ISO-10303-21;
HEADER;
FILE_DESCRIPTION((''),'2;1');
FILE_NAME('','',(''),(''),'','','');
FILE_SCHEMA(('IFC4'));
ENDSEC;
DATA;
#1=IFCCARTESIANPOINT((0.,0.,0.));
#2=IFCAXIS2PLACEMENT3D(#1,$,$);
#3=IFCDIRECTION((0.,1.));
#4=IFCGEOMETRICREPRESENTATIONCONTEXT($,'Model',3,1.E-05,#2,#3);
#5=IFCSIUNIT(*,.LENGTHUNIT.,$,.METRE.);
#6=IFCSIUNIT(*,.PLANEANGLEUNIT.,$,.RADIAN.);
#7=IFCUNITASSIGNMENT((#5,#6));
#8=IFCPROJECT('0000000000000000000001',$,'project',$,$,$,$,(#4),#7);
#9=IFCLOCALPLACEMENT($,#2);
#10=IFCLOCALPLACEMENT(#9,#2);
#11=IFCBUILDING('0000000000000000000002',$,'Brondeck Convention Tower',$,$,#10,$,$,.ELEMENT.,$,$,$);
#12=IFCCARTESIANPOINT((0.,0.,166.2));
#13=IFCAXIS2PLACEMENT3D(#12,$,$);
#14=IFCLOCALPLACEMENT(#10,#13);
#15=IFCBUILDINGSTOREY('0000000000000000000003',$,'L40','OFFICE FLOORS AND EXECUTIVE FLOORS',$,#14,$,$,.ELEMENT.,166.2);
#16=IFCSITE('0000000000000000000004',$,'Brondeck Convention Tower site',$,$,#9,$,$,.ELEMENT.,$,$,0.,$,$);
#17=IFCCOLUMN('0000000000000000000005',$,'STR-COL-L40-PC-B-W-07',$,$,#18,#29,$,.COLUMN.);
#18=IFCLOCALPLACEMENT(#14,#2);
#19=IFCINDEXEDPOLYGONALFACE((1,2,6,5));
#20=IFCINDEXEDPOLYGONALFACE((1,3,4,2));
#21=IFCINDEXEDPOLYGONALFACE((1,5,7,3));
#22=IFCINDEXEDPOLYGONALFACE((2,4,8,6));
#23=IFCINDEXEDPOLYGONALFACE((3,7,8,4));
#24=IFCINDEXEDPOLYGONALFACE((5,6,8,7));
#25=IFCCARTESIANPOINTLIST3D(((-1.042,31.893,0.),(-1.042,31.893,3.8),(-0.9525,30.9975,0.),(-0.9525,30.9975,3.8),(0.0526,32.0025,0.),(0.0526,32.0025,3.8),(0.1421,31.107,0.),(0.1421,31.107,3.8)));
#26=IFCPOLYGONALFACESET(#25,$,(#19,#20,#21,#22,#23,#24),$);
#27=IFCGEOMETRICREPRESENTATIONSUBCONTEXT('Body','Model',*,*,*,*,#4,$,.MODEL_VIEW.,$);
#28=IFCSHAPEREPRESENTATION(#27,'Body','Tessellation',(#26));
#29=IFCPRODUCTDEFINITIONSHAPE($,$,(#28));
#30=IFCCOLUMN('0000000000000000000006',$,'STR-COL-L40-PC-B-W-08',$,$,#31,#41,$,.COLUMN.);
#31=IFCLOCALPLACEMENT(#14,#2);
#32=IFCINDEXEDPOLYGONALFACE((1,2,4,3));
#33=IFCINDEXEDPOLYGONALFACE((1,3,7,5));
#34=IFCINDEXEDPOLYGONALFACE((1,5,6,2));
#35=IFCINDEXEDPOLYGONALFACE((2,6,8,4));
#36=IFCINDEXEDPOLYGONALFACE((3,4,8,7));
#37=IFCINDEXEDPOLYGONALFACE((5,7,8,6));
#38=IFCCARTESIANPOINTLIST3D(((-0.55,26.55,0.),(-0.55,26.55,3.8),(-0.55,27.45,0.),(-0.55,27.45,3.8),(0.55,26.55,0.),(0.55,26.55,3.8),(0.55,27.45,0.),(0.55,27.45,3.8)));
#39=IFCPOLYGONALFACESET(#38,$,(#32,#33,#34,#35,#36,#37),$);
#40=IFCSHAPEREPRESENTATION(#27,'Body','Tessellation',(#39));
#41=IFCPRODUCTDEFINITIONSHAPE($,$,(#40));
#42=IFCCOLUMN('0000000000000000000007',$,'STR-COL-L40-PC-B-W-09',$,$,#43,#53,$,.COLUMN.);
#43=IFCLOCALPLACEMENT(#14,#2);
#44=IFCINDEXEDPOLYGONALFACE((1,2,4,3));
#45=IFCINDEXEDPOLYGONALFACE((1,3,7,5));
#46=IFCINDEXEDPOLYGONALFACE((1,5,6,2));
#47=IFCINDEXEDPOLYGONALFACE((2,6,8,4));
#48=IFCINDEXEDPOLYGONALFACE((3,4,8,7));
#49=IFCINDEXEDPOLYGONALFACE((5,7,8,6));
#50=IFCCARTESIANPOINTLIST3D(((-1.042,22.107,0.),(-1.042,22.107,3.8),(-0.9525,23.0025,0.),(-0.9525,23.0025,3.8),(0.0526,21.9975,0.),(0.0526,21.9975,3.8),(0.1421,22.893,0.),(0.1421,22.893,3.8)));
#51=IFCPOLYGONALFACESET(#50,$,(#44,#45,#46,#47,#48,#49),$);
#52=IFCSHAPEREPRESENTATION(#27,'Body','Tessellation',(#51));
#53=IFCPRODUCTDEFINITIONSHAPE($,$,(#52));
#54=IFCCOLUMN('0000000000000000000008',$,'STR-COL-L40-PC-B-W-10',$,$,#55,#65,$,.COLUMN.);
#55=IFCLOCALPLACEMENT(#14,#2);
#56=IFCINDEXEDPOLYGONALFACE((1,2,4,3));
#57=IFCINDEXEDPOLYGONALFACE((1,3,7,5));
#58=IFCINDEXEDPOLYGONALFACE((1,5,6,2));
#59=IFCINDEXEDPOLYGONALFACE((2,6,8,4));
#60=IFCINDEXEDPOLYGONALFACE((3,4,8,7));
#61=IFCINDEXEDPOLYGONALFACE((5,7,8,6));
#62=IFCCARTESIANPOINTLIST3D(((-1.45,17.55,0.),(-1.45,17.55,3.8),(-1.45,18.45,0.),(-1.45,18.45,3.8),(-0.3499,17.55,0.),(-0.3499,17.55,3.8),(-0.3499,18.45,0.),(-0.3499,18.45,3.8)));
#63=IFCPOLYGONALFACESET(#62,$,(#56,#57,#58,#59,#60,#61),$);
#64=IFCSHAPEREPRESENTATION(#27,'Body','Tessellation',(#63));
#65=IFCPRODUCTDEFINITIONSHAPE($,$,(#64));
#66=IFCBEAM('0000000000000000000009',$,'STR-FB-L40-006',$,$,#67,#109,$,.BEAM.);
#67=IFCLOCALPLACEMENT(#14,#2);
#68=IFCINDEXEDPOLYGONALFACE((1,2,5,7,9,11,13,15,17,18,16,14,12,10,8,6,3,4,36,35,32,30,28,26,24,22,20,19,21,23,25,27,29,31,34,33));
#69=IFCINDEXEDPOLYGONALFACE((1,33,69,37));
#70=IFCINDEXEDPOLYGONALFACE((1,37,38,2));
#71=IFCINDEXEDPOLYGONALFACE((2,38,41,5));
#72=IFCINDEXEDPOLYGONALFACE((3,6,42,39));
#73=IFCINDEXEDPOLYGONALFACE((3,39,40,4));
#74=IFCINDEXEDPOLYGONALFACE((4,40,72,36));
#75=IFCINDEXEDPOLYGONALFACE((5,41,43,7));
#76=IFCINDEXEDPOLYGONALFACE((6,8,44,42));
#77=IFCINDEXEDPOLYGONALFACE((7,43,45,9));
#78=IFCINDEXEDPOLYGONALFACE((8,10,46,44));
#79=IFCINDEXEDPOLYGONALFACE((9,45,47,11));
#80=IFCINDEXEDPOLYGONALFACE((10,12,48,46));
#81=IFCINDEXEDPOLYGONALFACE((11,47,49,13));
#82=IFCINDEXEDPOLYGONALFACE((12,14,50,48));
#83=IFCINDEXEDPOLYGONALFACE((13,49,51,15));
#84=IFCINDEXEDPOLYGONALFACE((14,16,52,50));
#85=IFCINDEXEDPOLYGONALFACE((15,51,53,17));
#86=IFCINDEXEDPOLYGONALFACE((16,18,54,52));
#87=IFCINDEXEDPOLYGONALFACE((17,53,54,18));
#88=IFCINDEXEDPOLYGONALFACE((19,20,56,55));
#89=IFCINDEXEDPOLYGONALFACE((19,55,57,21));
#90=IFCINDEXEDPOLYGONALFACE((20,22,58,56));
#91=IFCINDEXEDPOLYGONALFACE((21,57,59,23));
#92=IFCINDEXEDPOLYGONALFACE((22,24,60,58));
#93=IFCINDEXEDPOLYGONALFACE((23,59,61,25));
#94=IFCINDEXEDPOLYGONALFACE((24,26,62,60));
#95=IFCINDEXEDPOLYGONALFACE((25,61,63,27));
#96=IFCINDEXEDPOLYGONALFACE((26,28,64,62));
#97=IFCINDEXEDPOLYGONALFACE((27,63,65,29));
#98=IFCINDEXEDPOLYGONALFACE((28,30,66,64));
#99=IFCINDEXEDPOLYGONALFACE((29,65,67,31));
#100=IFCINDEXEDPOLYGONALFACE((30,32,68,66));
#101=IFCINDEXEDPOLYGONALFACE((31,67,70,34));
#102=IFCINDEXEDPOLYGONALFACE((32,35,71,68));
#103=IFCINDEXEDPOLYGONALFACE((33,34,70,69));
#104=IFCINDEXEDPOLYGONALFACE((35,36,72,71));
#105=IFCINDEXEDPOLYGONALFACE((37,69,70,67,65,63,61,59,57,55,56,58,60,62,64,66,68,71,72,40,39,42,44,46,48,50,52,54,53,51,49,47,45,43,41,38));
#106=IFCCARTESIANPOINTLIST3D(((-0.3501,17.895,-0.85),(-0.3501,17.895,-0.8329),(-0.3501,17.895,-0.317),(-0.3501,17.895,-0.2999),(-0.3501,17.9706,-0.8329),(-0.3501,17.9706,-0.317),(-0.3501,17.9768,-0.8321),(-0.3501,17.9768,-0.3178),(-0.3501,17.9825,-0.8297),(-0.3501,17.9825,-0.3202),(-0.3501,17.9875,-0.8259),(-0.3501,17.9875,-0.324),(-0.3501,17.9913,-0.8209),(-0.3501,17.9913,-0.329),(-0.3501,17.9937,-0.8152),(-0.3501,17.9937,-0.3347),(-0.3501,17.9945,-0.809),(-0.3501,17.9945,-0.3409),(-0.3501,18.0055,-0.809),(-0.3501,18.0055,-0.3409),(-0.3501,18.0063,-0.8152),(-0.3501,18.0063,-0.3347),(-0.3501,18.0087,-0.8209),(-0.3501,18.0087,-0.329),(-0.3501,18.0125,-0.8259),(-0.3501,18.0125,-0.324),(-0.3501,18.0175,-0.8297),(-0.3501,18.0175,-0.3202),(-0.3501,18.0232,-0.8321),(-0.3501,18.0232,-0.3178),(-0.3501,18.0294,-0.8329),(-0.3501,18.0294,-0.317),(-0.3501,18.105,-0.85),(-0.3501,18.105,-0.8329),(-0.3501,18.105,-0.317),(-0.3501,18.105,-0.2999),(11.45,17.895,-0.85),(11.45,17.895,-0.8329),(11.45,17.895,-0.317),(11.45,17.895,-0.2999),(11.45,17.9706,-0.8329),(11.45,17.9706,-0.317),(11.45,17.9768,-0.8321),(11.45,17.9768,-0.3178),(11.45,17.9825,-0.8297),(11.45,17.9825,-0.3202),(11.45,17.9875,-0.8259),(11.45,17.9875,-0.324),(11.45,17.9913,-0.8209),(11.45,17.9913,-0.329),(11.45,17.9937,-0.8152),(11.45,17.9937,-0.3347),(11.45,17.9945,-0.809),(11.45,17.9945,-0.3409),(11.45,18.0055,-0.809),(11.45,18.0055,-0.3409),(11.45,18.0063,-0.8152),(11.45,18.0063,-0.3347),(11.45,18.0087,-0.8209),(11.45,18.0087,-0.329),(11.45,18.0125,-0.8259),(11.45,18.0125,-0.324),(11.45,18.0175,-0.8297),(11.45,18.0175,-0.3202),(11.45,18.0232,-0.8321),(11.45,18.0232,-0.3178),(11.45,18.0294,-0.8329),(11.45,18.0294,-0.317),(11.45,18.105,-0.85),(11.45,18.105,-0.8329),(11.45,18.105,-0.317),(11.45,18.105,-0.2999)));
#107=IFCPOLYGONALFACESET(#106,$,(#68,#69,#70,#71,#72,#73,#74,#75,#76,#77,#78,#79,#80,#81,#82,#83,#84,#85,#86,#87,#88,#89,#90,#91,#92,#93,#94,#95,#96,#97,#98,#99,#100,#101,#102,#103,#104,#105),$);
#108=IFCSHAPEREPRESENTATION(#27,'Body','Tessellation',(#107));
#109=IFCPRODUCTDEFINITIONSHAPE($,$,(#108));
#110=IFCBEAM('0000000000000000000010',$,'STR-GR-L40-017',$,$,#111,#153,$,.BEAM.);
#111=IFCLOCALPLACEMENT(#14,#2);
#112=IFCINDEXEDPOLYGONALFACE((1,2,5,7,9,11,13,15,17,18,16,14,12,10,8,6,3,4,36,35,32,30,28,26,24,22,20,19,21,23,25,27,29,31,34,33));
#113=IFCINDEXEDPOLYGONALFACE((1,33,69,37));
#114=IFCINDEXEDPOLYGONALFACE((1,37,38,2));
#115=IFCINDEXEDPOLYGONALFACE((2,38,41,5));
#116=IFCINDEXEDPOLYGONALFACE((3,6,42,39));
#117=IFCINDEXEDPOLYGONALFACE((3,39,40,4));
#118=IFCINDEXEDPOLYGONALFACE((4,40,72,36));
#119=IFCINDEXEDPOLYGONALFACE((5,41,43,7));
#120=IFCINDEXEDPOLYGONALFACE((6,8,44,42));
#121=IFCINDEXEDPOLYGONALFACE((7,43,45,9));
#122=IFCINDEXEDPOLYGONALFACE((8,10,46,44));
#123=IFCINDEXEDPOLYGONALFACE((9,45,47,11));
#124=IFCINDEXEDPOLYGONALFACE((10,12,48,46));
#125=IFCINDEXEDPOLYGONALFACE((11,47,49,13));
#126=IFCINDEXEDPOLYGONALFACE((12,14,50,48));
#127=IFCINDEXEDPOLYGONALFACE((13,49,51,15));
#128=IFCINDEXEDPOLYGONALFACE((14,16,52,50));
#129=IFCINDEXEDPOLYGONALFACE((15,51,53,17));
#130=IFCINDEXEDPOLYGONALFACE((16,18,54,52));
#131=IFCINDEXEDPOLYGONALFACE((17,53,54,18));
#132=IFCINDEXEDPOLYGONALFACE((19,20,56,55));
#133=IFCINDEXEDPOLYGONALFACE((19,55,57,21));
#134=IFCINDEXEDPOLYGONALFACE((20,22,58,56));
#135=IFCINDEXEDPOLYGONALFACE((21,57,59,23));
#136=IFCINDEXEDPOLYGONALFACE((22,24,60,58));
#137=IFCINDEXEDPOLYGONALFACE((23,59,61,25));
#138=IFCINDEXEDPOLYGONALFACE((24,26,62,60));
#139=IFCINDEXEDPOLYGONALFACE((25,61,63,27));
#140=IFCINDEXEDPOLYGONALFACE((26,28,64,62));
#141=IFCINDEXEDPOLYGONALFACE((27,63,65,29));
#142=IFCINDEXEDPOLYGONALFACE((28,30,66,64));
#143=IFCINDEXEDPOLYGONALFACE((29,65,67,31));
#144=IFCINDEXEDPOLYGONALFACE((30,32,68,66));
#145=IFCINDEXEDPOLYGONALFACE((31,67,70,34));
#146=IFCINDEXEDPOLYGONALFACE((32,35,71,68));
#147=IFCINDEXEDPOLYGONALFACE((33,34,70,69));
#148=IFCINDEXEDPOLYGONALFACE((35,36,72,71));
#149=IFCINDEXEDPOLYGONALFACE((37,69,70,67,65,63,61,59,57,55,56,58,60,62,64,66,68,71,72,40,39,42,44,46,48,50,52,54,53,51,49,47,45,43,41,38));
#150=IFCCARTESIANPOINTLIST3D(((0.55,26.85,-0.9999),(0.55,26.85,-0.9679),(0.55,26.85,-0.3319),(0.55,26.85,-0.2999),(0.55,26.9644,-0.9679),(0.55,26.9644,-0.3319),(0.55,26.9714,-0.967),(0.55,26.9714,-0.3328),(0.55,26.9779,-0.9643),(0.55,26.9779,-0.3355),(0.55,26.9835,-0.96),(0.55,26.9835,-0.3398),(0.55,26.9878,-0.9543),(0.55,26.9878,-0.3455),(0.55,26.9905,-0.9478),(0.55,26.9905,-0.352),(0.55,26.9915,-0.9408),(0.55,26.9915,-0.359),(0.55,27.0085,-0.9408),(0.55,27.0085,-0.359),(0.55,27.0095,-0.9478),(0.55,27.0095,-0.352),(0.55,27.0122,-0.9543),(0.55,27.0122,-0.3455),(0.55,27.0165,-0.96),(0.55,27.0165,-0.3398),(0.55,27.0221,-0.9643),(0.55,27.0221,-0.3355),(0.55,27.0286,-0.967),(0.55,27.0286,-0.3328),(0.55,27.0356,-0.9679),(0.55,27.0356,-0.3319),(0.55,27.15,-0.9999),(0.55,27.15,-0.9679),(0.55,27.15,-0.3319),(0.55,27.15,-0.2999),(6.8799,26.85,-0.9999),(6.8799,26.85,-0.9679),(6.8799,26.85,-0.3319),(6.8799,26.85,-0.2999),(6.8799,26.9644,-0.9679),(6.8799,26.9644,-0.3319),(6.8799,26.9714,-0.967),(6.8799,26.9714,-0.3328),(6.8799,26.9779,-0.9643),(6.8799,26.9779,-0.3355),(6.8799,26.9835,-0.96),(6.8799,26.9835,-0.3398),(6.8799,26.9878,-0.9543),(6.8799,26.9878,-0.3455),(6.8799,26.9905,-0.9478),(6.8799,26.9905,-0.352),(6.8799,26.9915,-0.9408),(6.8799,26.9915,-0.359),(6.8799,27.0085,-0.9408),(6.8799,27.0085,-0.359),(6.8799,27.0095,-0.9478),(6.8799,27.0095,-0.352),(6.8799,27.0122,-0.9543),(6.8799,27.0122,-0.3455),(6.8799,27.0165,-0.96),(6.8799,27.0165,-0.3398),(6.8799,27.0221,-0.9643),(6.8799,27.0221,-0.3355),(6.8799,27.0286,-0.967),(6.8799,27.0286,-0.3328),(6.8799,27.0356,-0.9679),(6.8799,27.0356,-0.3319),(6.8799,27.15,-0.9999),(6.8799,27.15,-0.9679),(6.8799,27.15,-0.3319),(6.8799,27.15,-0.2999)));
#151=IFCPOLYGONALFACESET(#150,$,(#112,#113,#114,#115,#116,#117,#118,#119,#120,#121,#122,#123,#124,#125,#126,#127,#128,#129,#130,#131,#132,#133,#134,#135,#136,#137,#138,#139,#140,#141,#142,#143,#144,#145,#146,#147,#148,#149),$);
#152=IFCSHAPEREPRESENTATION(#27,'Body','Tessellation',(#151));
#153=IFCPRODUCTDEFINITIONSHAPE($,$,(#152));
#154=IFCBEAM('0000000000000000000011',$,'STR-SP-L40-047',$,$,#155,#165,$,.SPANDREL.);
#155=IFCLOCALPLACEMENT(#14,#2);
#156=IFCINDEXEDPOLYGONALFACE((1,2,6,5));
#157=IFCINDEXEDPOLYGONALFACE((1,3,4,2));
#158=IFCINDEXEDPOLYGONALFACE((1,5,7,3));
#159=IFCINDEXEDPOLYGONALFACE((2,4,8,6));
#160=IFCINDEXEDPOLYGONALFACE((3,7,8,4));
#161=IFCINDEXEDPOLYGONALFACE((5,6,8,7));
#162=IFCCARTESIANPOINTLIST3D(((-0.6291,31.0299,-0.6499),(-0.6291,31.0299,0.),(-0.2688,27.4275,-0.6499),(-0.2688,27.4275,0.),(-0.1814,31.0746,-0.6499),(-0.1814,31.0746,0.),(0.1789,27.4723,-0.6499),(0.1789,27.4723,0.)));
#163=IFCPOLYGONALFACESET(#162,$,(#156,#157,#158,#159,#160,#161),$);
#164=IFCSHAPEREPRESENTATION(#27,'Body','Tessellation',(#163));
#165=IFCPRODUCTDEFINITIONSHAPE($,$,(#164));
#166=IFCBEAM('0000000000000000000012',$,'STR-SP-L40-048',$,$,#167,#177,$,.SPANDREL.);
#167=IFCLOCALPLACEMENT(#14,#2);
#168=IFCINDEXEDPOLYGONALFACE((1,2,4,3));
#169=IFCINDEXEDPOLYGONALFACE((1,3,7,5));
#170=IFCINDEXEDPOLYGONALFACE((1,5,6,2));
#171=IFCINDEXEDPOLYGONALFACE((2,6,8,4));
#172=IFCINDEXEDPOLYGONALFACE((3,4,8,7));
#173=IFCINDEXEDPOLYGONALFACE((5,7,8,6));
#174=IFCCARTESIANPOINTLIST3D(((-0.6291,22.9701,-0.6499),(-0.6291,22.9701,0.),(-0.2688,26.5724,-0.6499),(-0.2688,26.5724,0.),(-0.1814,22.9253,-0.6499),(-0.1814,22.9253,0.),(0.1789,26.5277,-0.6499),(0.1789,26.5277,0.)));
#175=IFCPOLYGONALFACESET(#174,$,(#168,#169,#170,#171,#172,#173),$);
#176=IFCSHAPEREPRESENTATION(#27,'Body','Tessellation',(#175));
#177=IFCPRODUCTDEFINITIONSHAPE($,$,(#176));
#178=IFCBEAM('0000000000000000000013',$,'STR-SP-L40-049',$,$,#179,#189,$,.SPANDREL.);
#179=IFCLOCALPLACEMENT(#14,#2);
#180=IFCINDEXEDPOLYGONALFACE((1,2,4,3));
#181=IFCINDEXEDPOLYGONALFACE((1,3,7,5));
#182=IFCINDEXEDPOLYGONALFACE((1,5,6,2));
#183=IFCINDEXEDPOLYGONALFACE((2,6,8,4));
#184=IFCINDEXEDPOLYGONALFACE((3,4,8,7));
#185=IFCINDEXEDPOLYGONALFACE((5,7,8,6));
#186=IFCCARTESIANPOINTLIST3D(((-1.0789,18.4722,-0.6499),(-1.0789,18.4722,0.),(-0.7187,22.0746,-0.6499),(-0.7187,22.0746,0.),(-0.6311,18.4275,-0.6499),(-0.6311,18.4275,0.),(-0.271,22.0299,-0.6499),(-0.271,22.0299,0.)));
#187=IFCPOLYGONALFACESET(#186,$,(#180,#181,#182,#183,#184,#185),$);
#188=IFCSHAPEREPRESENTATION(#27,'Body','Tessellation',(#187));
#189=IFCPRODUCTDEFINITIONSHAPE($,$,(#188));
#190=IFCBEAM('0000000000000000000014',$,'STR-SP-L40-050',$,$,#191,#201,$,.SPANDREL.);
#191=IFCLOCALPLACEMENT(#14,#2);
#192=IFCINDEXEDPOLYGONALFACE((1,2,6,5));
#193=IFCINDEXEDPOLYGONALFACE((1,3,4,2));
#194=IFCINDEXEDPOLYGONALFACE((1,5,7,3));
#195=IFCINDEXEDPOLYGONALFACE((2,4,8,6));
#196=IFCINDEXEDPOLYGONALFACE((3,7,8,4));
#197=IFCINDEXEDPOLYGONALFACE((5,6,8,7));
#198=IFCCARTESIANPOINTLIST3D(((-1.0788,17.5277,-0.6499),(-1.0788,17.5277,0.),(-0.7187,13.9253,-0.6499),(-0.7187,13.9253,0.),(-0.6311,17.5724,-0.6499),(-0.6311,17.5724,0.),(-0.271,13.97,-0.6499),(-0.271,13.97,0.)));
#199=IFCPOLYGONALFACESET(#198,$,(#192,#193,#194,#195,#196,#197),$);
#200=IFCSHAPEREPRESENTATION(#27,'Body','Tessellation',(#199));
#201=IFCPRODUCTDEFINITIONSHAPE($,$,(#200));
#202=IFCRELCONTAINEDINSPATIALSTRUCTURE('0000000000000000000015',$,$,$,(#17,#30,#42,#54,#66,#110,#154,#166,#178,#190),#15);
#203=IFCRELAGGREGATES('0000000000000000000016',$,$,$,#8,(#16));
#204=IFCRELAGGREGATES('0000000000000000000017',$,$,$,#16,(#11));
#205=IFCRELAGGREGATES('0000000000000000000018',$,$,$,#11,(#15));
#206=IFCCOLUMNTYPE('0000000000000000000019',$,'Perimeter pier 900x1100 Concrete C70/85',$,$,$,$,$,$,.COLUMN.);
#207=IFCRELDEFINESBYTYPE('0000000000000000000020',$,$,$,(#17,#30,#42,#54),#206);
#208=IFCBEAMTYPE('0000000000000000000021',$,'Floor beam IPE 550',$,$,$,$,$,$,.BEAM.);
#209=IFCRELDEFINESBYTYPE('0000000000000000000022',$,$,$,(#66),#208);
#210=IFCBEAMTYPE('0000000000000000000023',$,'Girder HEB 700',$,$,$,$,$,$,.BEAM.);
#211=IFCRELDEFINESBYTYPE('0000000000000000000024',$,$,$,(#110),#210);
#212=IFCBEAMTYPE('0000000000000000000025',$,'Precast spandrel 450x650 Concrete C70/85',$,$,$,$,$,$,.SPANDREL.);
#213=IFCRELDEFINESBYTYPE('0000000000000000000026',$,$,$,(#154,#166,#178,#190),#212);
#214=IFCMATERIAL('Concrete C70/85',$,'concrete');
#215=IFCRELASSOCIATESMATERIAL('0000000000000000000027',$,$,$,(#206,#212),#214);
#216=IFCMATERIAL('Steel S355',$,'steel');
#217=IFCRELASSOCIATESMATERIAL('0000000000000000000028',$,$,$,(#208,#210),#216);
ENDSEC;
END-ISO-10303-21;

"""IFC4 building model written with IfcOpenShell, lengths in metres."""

from ifc_helpers import new_model, si_unit, direction, frame, origin, origin_2d, place, context, subcontext, project, spatial, rectangle, i_section, extrude, material, material_profile, profile_set, type_object, element, save


model = new_model("IFC4")

# Units and contexts
model_context = context("Model", 3, precision=1e-05, world=origin(), true_north=direction((0.0, 1.0)))
body_context = subcontext(model_context, "Body", "Model", "MODEL_VIEW")
ifc_project = project(units=[si_unit("LENGTHUNIT", "METRE"), si_unit("PLANEANGLEUNIT", "RADIAN")], contexts=[model_context])

# Site, building, storey
site_placement = place(None, origin())
site = spatial("IfcSite", under=ifc_project, at=site_placement, Name="Brondeck Convention Tower site", CompositionType="ELEMENT", RefElevation=0.0)
building_placement = place(site_placement, origin())
building = spatial("IfcBuilding", under=site, at=building_placement, Name="Brondeck Convention Tower", CompositionType="ELEMENT")
storey_placement = place(building_placement, frame((0.0, 0.0, 166.2)))
storey = spatial("IfcBuildingStorey", under=building, at=storey_placement, Name="L40", Description="OFFICE FLOORS AND EXECUTIVE FLOORS", CompositionType="ELEMENT", Elevation=166.2)

# Columns
ifc_material_1 = material(Name="Concrete C70/85", Category="concrete")
ifc_material_profile_1 = material_profile(ifc_material_1, rectangle(XDim=0.8999, YDim=1.1001, at=origin_2d()), Name="Perimeter pier 900x1100 Concrete C70/85")
ifc_profile_set_1 = profile_set([ifc_material_profile_1], Name="Concrete C70/85")
column_type = type_object("IfcColumnType", Name="Perimeter pier 900x1100 Concrete C70/85", PredefinedType="COLUMN", material=ifc_profile_set_1)
for number, where, z_axis, x_axis, name in (
    (1, (-0.45, 31.5, 0.0), (0.0, 0.0, 1.0), (0.099504, -0.995037, 0.0), "STR-COL-L40-PC-B-W-07"),
    (2, (0.0, 27.0, 0.0), (0.0, 0.0, 1.0), (0.0, -1.0, 0.0), "STR-COL-L40-PC-B-W-08"),
    (3, (-0.45, 22.5, 0.0), (0.0, 0.0, 1.0), (-0.099504, -0.995037, 0.0), "STR-COL-L40-PC-B-W-09"),
    (4, (-0.8999, 18.0, 0.0), (0.0, 0.0, 1.0), (0.0, -1.0, 0.0), "STR-COL-L40-PC-B-W-10"),
):
    element("IfcColumn", number, at=place(storey_placement, frame(where, z_axis=z_axis, x_axis=x_axis)), inside=storey, type_object=column_type, Name=name, PredefinedType="COLUMN", context=body_context, shape_type="SweptSolid", body=[
        extrude(rectangle(XDim=0.8999, YDim=1.1001, at=origin_2d()), origin(), (0.0, 0.0, 1.0), 3.8),
    ])

# Beams
ifc_material_2 = material(Name="Steel S355", Category="steel")
ifc_material_profile_2 = material_profile(ifc_material_2, i_section(OverallWidth=0.21, OverallDepth=0.55, WebThickness=0.011, FlangeThickness=0.0171, FilletRadius=0.0239, at=origin_2d()), Name="IPE 550")
ifc_profile_set_2 = profile_set([ifc_material_profile_2], Name="Steel S355")
beam_type_1 = type_object("IfcBeamType", Name="Floor beam IPE 550", PredefinedType="BEAM", material=ifc_profile_set_2)
beam_1_placement = place(storey_placement, frame((-0.3501, 18.0, -0.575), z_axis=(1.0, 0.0, 0.0), x_axis=(0.0, 1.0, 0.0)))
element("IfcBeam", 5, at=beam_1_placement, inside=storey, type_object=beam_type_1, Name="STR-FB-L40-006", PredefinedType="BEAM", context=body_context, shape_type="SweptSolid", body=[
    extrude(i_section(OverallWidth=0.21, OverallDepth=0.55, WebThickness=0.011, FlangeThickness=0.0171, FilletRadius=0.0239, at=origin_2d()), origin(), (0.0, 0.0, 1.0), 11.8),
])
ifc_material_profile_3 = material_profile(ifc_material_2, i_section(OverallWidth=0.3, OverallDepth=0.7, WebThickness=0.0171, FlangeThickness=0.032, FilletRadius=0.0271, at=origin_2d()), Name="HEB 700")
ifc_profile_set_3 = profile_set([ifc_material_profile_3], Name="Steel S355")
beam_type_2 = type_object("IfcBeamType", Name="Girder HEB 700", PredefinedType="BEAM", material=ifc_profile_set_3)
beam_2_placement = place(storey_placement, frame((0.55, 27.0, -0.6499), z_axis=(1.0, 0.0, 0.0), x_axis=(0.0, 1.0, 0.0)))
element("IfcBeam", 6, at=beam_2_placement, inside=storey, type_object=beam_type_2, Name="STR-GR-L40-017", PredefinedType="BEAM", context=body_context, shape_type="SweptSolid", body=[
    extrude(i_section(OverallWidth=0.3, OverallDepth=0.7, WebThickness=0.0171, FlangeThickness=0.032, FilletRadius=0.0271, at=origin_2d()), origin(), (0.0, 0.0, 1.0), 6.3298),
])
ifc_material_profile_4 = material_profile(ifc_material_1, rectangle(XDim=0.45, YDim=0.6499, at=origin_2d()), Name="Precast spandrel 450x650 Concrete C70/85")
ifc_profile_set_4 = profile_set([ifc_material_profile_4], Name="Concrete C70/85")
beam_type_3 = type_object("IfcBeamType", Name="Precast spandrel 450x650 Concrete C70/85", PredefinedType="SPANDREL", material=ifc_profile_set_4)
for number, where, z_axis, x_axis, name in (
    (7, (-0.4053, 31.0522, -0.325), (0.099537, -0.995034, 0.0), (0.995034, 0.099537, 0.0), "STR-SP-L40-047"),
    (8, (-0.0449, 26.55, -0.325), (-0.099537, -0.995034, 0.0), (0.995034, -0.099537, 0.0), "STR-SP-L40-048"),
    (9, (-0.4949, 22.0522, -0.325), (-0.09947, -0.995041, 0.0), (0.995041, -0.09947, 0.0), "STR-SP-L40-049"),
    (10, (-0.855, 17.55, -0.325), (0.09947, -0.995041, 0.0), (0.995041, 0.09947, 0.0), "STR-SP-L40-050"),
):
    element("IfcBeam", number, at=place(storey_placement, frame(where, z_axis=z_axis, x_axis=x_axis)), inside=storey, type_object=beam_type_3, Name=name, PredefinedType="SPANDREL", context=body_context, shape_type="SweptSolid", body=[
        extrude(rectangle(XDim=0.45, YDim=0.6499, at=origin_2d()), origin(), (0.0, 0.0, 1.0), 3.6204),
    ])

save(model, "model.ifc")
